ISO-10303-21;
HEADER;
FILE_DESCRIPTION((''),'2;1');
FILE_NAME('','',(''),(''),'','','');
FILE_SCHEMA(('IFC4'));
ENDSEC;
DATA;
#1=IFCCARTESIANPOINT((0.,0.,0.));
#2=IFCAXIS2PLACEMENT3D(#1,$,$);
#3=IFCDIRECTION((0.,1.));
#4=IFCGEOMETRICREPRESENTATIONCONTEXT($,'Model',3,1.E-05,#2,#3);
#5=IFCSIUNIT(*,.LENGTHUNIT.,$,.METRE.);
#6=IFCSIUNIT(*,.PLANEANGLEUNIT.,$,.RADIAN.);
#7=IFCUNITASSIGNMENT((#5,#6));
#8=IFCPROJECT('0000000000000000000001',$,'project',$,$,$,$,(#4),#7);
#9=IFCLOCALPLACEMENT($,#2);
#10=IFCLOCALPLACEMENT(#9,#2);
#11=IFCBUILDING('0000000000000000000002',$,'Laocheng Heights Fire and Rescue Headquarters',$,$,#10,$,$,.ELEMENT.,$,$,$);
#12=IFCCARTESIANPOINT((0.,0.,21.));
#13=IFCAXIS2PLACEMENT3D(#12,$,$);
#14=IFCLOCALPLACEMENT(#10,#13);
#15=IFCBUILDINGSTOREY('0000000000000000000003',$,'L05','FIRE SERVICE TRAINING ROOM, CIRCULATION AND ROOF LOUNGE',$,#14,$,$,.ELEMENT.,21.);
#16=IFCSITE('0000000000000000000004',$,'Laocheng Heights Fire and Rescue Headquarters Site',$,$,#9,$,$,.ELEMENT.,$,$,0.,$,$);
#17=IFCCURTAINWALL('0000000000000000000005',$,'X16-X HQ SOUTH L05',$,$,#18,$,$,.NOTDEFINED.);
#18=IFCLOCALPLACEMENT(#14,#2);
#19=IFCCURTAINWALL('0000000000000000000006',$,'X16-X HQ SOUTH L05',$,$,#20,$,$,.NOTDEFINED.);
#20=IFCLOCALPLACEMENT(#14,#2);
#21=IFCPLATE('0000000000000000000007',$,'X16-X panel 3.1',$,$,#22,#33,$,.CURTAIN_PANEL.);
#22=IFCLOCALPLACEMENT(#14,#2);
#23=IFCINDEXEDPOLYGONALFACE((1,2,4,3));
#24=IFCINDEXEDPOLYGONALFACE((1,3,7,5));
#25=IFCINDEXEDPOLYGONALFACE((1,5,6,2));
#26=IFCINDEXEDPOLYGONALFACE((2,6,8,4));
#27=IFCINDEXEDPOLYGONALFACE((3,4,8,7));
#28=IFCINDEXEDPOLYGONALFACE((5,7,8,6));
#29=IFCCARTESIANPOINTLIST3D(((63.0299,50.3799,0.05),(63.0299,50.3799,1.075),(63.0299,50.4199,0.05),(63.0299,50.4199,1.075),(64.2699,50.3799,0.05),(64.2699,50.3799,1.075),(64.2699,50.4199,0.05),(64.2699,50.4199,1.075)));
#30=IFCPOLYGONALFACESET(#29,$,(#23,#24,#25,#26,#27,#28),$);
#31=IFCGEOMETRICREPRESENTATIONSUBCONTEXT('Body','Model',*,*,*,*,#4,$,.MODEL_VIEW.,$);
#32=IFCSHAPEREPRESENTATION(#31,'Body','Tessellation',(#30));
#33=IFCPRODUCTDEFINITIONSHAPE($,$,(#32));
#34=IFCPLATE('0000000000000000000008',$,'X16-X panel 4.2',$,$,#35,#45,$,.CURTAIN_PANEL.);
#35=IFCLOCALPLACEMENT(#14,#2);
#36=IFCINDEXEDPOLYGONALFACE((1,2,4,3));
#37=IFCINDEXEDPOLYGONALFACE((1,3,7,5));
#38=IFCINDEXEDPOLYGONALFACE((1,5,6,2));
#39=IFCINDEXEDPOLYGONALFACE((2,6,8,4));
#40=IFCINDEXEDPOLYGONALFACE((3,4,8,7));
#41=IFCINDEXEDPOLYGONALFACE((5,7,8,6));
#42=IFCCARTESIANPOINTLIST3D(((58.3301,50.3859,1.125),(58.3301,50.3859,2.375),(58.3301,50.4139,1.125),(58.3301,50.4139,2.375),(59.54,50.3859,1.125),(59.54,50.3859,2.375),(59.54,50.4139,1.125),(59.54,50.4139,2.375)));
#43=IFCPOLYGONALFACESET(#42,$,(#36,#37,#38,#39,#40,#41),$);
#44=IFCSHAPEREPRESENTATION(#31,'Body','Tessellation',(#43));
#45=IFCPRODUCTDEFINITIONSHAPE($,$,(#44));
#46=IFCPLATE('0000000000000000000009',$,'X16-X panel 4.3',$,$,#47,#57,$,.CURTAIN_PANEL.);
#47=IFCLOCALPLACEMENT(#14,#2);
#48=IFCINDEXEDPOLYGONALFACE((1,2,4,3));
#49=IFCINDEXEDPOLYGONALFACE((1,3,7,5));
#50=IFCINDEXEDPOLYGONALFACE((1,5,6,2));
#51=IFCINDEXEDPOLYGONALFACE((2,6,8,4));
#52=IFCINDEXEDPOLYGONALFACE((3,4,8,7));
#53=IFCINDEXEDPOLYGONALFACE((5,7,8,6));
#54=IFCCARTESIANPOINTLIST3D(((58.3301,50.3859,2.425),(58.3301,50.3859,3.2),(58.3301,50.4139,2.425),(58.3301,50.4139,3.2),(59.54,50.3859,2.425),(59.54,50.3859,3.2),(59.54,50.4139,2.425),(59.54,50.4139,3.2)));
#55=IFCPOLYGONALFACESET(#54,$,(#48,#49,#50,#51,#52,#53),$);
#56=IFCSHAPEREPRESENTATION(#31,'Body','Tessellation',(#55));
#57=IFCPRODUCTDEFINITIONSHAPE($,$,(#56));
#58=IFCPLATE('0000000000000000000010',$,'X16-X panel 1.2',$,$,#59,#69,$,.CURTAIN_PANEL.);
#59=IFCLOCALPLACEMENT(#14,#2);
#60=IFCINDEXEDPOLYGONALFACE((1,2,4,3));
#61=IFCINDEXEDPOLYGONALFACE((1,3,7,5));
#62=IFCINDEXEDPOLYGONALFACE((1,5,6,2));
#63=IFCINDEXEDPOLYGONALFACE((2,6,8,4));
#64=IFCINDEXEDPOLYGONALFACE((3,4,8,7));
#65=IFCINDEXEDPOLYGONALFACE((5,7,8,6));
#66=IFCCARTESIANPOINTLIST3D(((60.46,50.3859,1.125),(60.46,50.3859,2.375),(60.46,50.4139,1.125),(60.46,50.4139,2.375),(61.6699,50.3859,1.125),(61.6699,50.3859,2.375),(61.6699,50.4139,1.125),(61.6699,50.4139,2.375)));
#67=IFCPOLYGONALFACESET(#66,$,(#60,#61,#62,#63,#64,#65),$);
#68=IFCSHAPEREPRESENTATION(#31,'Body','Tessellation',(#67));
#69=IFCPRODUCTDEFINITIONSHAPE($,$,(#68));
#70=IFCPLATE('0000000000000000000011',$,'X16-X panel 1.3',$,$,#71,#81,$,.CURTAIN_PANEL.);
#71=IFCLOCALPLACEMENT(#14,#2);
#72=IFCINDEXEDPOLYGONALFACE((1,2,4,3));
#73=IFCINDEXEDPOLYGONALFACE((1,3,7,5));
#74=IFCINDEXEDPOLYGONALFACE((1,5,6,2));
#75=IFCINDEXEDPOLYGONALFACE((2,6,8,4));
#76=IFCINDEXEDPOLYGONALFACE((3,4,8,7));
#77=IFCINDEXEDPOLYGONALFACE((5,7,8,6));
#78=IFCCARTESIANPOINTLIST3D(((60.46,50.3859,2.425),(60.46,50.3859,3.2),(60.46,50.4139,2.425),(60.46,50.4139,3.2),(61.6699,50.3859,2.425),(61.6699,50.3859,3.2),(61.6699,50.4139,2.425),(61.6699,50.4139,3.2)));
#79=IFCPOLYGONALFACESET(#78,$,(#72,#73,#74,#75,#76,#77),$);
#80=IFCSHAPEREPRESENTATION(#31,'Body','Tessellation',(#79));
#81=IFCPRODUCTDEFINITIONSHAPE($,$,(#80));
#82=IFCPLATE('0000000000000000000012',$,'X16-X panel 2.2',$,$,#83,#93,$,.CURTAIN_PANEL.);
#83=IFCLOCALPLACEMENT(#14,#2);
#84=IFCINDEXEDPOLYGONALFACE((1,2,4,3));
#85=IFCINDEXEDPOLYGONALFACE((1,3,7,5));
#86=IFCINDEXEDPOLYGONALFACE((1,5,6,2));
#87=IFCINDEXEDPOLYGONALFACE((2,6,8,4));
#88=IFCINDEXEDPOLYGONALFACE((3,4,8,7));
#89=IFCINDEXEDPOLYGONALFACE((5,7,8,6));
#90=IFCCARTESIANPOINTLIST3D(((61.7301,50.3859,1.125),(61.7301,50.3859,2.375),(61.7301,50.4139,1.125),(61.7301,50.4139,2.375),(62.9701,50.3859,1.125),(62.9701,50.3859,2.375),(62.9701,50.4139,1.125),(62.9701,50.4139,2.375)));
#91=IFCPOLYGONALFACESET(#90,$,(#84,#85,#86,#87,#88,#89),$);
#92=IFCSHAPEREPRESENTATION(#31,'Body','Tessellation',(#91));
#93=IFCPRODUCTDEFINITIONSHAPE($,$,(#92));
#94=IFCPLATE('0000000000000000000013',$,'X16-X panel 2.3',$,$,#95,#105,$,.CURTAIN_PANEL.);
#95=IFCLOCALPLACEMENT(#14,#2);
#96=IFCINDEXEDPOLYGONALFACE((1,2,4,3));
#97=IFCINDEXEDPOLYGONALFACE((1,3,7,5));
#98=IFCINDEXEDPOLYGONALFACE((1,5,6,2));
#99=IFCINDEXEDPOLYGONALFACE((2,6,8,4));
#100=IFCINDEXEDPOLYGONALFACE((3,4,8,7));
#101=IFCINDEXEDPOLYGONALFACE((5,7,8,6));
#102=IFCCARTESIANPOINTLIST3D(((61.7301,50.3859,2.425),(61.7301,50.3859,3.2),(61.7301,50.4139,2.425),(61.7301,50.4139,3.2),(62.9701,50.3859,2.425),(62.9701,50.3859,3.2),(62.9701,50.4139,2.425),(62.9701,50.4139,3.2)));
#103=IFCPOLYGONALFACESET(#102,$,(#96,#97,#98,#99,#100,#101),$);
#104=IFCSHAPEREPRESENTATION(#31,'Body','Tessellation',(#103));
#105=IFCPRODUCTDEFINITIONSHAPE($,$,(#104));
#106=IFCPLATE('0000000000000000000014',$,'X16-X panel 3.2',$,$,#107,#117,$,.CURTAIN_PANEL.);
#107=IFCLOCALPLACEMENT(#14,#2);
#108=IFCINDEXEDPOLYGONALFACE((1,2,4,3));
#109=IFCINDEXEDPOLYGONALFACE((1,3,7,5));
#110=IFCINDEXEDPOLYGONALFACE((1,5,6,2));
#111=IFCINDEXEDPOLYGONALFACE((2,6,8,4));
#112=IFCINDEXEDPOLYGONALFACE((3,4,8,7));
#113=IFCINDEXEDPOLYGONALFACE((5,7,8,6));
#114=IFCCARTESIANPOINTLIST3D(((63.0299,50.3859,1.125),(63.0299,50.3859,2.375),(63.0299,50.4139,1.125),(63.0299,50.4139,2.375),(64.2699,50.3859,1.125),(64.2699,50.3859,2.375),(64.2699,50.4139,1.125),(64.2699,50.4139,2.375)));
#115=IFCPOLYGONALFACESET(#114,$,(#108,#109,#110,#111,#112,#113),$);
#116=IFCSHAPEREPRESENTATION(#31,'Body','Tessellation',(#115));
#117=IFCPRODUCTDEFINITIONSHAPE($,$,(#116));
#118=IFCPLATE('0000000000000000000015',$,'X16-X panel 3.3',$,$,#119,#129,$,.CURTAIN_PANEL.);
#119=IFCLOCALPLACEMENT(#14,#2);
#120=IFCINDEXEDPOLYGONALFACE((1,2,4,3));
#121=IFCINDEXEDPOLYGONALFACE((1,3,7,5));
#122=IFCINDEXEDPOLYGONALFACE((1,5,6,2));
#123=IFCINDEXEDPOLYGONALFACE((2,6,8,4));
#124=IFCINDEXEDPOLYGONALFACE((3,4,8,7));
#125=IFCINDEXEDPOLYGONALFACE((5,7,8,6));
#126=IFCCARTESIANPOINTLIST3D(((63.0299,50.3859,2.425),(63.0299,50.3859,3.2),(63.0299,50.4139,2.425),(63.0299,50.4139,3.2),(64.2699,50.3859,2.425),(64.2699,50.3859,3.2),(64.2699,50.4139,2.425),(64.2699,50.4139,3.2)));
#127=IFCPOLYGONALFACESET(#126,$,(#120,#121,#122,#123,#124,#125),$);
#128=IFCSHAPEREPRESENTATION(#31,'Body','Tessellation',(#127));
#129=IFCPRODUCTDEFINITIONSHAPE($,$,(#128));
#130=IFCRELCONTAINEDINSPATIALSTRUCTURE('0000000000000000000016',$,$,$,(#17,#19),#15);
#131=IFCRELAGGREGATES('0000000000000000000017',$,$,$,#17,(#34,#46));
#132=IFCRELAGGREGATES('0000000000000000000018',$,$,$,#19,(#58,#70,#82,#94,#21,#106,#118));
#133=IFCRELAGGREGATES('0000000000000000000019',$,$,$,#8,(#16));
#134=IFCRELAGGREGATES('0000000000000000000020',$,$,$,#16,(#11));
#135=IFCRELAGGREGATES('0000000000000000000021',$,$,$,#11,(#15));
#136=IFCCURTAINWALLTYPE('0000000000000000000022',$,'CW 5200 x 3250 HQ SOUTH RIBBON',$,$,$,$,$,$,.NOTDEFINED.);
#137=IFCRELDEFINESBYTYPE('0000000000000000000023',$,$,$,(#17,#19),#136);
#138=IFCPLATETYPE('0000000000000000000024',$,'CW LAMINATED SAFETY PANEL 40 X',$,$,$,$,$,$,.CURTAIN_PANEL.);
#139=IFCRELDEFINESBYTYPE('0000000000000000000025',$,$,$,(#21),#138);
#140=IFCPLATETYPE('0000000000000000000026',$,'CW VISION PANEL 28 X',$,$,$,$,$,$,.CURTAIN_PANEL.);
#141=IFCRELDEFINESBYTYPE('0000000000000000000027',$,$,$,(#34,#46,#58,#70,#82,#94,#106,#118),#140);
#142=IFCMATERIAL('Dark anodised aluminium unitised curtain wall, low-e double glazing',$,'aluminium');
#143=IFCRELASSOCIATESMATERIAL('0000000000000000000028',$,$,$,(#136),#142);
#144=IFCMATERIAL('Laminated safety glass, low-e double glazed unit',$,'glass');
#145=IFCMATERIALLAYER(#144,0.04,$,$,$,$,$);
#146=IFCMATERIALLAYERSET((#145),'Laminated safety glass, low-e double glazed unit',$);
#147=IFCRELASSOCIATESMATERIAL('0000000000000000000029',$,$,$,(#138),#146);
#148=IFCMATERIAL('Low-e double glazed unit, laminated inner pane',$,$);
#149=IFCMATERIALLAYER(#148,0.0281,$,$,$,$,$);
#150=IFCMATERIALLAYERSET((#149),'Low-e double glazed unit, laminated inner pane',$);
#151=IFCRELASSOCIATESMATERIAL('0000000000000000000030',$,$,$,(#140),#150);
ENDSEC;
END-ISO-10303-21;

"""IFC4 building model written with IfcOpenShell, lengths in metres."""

from ifc_helpers import new_model, si_unit, direction, frame, origin, origin_2d, place, context, subcontext, project, spatial, rectangle, extrude, material, layer, layer_set, type_object, element, aggregate, save


model = new_model("IFC4")

# Units and contexts
model_context = context("Model", 3, precision=1e-05, world=origin(), true_north=direction((0.0, 1.0)))
body_context = subcontext(model_context, "Body", "Model", "MODEL_VIEW")
ifc_project = project(units=[si_unit("LENGTHUNIT", "METRE"), si_unit("PLANEANGLEUNIT", "RADIAN")], contexts=[model_context])

# Site, building, storey
site_placement = place(None, origin())
site = spatial("IfcSite", under=ifc_project, at=site_placement, Name="Laocheng Heights Fire and Rescue Headquarters Site", CompositionType="ELEMENT", RefElevation=0.0)
building_placement = place(site_placement, origin())
building = spatial("IfcBuilding", under=site, at=building_placement, Name="Laocheng Heights Fire and Rescue Headquarters", CompositionType="ELEMENT")
storey_placement = place(building_placement, frame((0.0, 0.0, 21.0)))
storey = spatial("IfcBuildingStorey", under=building, at=storey_placement, Name="L05", Description="FIRE SERVICE TRAINING ROOM, CIRCULATION AND ROOF LOUNGE", CompositionType="ELEMENT", Elevation=21.0)

# Curtain wall
ifc_material_1 = material(Name="Dark anodised aluminium unitised curtain wall, low-e double glazing", Category="aluminium")
curtain_wall_type = type_object("IfcCurtainWallType", Name="CW 5200 x 3250 HQ SOUTH RIBBON", PredefinedType="NOTDEFINED", material=ifc_material_1)
curtain_wall_1_placement = place(storey_placement, origin())
curtain_wall_1 = element("IfcCurtainWall", 1, at=curtain_wall_1_placement, inside=storey, type_object=curtain_wall_type, Name="X16-X HQ SOUTH L05", PredefinedType="NOTDEFINED")

# Curtain wall
curtain_wall_2_placement = place(storey_placement, origin())
curtain_wall_2 = element("IfcCurtainWall", 2, at=curtain_wall_2_placement, inside=storey, type_object=curtain_wall_type, Name="X16-X HQ SOUTH L05", PredefinedType="NOTDEFINED")

# Plates
ifc_material_2 = material(Name="Laminated safety glass, low-e double glazed unit", Category="glass")
ifc_layer_1 = layer(ifc_material_2, 0.04)
ifc_layer_set_1 = layer_set([ifc_layer_1], Name="Laminated safety glass, low-e double glazed unit")
plate_type_1 = type_object("IfcPlateType", Name="CW LAMINATED SAFETY PANEL 40 X", PredefinedType="CURTAIN_PANEL", material=ifc_layer_set_1)
plate_1_placement = place(storey_placement, frame((63.6499, 50.3999, 0.05), z_axis=(0.0, 0.0, 1.0), x_axis=(1.0, 0.0, 0.0)))
plate_1 = element("IfcPlate", 3, at=plate_1_placement, type_object=plate_type_1, Name="X16-X panel 3.1", PredefinedType="CURTAIN_PANEL", context=body_context, shape_type="SweptSolid", body=[
    extrude(rectangle(XDim=1.24, YDim=0.04, at=origin_2d()), origin(), (0.0, 0.0, 1.0), 1.0249),
])
ifc_material_3 = material(Name="Low-e double glazed unit, laminated inner pane")
ifc_layer_2 = layer(ifc_material_3, 0.0281)
ifc_layer_set_2 = layer_set([ifc_layer_2], Name="Low-e double glazed unit, laminated inner pane")
plate_type_2 = type_object("IfcPlateType", Name="CW VISION PANEL 28 X", PredefinedType="CURTAIN_PANEL", material=ifc_layer_set_2)
plate_2_placement = place(storey_placement, frame((58.9351, 50.3999, 1.125), z_axis=(0.0, 0.0, 1.0), x_axis=(1.0, 0.0, 0.0)))
plate_2 = element("IfcPlate", 4, at=plate_2_placement, type_object=plate_type_2, Name="X16-X panel 4.2", PredefinedType="CURTAIN_PANEL", context=body_context, shape_type="SweptSolid", body=[
    extrude(rectangle(XDim=1.21, YDim=0.0281, at=origin_2d()), origin(), (0.0, 0.0, 1.0), 1.25),
])
plate_3_placement = place(storey_placement, frame((58.9351, 50.3999, 2.425), z_axis=(0.0, 0.0, 1.0), x_axis=(1.0, 0.0, 0.0)))
plate_3 = element("IfcPlate", 5, at=plate_3_placement, type_object=plate_type_2, Name="X16-X panel 4.3", PredefinedType="CURTAIN_PANEL", context=body_context, shape_type="SweptSolid", body=[
    extrude(rectangle(XDim=1.21, YDim=0.0281, at=origin_2d()), origin(), (0.0, 0.0, 1.0), 0.7749),
])
aggregate(curtain_wall_1, [plate_2, plate_3])
plate_4_placement = place(storey_placement, frame((61.0649, 50.3999, 1.125), z_axis=(0.0, 0.0, 1.0), x_axis=(1.0, 0.0, 0.0)))
plate_4 = element("IfcPlate", 6, at=plate_4_placement, type_object=plate_type_2, Name="X16-X panel 1.2", PredefinedType="CURTAIN_PANEL", context=body_context, shape_type="SweptSolid", body=[
    extrude(rectangle(XDim=1.21, YDim=0.0281, at=origin_2d()), origin(), (0.0, 0.0, 1.0), 1.25),
])
plate_5_placement = place(storey_placement, frame((61.0649, 50.3999, 2.425), z_axis=(0.0, 0.0, 1.0), x_axis=(1.0, 0.0, 0.0)))
plate_5 = element("IfcPlate", 7, at=plate_5_placement, type_object=plate_type_2, Name="X16-X panel 1.3", PredefinedType="CURTAIN_PANEL", context=body_context, shape_type="SweptSolid", body=[
    extrude(rectangle(XDim=1.21, YDim=0.0281, at=origin_2d()), origin(), (0.0, 0.0, 1.0), 0.7749),
])
plate_6_placement = place(storey_placement, frame((62.3501, 50.3999, 1.125), z_axis=(0.0, 0.0, 1.0), x_axis=(1.0, 0.0, 0.0)))
plate_6 = element("IfcPlate", 8, at=plate_6_placement, type_object=plate_type_2, Name="X16-X panel 2.2", PredefinedType="CURTAIN_PANEL", context=body_context, shape_type="SweptSolid", body=[
    extrude(rectangle(XDim=1.24, YDim=0.0281, at=origin_2d()), origin(), (0.0, 0.0, 1.0), 1.25),
])
plate_7_placement = place(storey_placement, frame((62.3501, 50.3999, 2.425), z_axis=(0.0, 0.0, 1.0), x_axis=(1.0, 0.0, 0.0)))
plate_7 = element("IfcPlate", 9, at=plate_7_placement, type_object=plate_type_2, Name="X16-X panel 2.3", PredefinedType="CURTAIN_PANEL", context=body_context, shape_type="SweptSolid", body=[
    extrude(rectangle(XDim=1.24, YDim=0.0281, at=origin_2d()), origin(), (0.0, 0.0, 1.0), 0.7749),
])
plate_8_placement = place(storey_placement, frame((63.6499, 50.3999, 1.125), z_axis=(0.0, 0.0, 1.0), x_axis=(1.0, 0.0, 0.0)))
plate_8 = element("IfcPlate", 10, at=plate_8_placement, type_object=plate_type_2, Name="X16-X panel 3.2", PredefinedType="CURTAIN_PANEL", context=body_context, shape_type="SweptSolid", body=[
    extrude(rectangle(XDim=1.24, YDim=0.0281, at=origin_2d()), origin(), (0.0, 0.0, 1.0), 1.25),
])
plate_9_placement = place(storey_placement, frame((63.6499, 50.3999, 2.425), z_axis=(0.0, 0.0, 1.0), x_axis=(1.0, 0.0, 0.0)))
plate_9 = element("IfcPlate", 11, at=plate_9_placement, type_object=plate_type_2, Name="X16-X panel 3.3", PredefinedType="CURTAIN_PANEL", context=body_context, shape_type="SweptSolid", body=[
    extrude(rectangle(XDim=1.24, YDim=0.0281, at=origin_2d()), origin(), (0.0, 0.0, 1.0), 0.7749),
])
aggregate(curtain_wall_2, [plate_4, plate_5, plate_6, plate_7, plate_1, plate_8, plate_9])

save(model, "model.ifc")
